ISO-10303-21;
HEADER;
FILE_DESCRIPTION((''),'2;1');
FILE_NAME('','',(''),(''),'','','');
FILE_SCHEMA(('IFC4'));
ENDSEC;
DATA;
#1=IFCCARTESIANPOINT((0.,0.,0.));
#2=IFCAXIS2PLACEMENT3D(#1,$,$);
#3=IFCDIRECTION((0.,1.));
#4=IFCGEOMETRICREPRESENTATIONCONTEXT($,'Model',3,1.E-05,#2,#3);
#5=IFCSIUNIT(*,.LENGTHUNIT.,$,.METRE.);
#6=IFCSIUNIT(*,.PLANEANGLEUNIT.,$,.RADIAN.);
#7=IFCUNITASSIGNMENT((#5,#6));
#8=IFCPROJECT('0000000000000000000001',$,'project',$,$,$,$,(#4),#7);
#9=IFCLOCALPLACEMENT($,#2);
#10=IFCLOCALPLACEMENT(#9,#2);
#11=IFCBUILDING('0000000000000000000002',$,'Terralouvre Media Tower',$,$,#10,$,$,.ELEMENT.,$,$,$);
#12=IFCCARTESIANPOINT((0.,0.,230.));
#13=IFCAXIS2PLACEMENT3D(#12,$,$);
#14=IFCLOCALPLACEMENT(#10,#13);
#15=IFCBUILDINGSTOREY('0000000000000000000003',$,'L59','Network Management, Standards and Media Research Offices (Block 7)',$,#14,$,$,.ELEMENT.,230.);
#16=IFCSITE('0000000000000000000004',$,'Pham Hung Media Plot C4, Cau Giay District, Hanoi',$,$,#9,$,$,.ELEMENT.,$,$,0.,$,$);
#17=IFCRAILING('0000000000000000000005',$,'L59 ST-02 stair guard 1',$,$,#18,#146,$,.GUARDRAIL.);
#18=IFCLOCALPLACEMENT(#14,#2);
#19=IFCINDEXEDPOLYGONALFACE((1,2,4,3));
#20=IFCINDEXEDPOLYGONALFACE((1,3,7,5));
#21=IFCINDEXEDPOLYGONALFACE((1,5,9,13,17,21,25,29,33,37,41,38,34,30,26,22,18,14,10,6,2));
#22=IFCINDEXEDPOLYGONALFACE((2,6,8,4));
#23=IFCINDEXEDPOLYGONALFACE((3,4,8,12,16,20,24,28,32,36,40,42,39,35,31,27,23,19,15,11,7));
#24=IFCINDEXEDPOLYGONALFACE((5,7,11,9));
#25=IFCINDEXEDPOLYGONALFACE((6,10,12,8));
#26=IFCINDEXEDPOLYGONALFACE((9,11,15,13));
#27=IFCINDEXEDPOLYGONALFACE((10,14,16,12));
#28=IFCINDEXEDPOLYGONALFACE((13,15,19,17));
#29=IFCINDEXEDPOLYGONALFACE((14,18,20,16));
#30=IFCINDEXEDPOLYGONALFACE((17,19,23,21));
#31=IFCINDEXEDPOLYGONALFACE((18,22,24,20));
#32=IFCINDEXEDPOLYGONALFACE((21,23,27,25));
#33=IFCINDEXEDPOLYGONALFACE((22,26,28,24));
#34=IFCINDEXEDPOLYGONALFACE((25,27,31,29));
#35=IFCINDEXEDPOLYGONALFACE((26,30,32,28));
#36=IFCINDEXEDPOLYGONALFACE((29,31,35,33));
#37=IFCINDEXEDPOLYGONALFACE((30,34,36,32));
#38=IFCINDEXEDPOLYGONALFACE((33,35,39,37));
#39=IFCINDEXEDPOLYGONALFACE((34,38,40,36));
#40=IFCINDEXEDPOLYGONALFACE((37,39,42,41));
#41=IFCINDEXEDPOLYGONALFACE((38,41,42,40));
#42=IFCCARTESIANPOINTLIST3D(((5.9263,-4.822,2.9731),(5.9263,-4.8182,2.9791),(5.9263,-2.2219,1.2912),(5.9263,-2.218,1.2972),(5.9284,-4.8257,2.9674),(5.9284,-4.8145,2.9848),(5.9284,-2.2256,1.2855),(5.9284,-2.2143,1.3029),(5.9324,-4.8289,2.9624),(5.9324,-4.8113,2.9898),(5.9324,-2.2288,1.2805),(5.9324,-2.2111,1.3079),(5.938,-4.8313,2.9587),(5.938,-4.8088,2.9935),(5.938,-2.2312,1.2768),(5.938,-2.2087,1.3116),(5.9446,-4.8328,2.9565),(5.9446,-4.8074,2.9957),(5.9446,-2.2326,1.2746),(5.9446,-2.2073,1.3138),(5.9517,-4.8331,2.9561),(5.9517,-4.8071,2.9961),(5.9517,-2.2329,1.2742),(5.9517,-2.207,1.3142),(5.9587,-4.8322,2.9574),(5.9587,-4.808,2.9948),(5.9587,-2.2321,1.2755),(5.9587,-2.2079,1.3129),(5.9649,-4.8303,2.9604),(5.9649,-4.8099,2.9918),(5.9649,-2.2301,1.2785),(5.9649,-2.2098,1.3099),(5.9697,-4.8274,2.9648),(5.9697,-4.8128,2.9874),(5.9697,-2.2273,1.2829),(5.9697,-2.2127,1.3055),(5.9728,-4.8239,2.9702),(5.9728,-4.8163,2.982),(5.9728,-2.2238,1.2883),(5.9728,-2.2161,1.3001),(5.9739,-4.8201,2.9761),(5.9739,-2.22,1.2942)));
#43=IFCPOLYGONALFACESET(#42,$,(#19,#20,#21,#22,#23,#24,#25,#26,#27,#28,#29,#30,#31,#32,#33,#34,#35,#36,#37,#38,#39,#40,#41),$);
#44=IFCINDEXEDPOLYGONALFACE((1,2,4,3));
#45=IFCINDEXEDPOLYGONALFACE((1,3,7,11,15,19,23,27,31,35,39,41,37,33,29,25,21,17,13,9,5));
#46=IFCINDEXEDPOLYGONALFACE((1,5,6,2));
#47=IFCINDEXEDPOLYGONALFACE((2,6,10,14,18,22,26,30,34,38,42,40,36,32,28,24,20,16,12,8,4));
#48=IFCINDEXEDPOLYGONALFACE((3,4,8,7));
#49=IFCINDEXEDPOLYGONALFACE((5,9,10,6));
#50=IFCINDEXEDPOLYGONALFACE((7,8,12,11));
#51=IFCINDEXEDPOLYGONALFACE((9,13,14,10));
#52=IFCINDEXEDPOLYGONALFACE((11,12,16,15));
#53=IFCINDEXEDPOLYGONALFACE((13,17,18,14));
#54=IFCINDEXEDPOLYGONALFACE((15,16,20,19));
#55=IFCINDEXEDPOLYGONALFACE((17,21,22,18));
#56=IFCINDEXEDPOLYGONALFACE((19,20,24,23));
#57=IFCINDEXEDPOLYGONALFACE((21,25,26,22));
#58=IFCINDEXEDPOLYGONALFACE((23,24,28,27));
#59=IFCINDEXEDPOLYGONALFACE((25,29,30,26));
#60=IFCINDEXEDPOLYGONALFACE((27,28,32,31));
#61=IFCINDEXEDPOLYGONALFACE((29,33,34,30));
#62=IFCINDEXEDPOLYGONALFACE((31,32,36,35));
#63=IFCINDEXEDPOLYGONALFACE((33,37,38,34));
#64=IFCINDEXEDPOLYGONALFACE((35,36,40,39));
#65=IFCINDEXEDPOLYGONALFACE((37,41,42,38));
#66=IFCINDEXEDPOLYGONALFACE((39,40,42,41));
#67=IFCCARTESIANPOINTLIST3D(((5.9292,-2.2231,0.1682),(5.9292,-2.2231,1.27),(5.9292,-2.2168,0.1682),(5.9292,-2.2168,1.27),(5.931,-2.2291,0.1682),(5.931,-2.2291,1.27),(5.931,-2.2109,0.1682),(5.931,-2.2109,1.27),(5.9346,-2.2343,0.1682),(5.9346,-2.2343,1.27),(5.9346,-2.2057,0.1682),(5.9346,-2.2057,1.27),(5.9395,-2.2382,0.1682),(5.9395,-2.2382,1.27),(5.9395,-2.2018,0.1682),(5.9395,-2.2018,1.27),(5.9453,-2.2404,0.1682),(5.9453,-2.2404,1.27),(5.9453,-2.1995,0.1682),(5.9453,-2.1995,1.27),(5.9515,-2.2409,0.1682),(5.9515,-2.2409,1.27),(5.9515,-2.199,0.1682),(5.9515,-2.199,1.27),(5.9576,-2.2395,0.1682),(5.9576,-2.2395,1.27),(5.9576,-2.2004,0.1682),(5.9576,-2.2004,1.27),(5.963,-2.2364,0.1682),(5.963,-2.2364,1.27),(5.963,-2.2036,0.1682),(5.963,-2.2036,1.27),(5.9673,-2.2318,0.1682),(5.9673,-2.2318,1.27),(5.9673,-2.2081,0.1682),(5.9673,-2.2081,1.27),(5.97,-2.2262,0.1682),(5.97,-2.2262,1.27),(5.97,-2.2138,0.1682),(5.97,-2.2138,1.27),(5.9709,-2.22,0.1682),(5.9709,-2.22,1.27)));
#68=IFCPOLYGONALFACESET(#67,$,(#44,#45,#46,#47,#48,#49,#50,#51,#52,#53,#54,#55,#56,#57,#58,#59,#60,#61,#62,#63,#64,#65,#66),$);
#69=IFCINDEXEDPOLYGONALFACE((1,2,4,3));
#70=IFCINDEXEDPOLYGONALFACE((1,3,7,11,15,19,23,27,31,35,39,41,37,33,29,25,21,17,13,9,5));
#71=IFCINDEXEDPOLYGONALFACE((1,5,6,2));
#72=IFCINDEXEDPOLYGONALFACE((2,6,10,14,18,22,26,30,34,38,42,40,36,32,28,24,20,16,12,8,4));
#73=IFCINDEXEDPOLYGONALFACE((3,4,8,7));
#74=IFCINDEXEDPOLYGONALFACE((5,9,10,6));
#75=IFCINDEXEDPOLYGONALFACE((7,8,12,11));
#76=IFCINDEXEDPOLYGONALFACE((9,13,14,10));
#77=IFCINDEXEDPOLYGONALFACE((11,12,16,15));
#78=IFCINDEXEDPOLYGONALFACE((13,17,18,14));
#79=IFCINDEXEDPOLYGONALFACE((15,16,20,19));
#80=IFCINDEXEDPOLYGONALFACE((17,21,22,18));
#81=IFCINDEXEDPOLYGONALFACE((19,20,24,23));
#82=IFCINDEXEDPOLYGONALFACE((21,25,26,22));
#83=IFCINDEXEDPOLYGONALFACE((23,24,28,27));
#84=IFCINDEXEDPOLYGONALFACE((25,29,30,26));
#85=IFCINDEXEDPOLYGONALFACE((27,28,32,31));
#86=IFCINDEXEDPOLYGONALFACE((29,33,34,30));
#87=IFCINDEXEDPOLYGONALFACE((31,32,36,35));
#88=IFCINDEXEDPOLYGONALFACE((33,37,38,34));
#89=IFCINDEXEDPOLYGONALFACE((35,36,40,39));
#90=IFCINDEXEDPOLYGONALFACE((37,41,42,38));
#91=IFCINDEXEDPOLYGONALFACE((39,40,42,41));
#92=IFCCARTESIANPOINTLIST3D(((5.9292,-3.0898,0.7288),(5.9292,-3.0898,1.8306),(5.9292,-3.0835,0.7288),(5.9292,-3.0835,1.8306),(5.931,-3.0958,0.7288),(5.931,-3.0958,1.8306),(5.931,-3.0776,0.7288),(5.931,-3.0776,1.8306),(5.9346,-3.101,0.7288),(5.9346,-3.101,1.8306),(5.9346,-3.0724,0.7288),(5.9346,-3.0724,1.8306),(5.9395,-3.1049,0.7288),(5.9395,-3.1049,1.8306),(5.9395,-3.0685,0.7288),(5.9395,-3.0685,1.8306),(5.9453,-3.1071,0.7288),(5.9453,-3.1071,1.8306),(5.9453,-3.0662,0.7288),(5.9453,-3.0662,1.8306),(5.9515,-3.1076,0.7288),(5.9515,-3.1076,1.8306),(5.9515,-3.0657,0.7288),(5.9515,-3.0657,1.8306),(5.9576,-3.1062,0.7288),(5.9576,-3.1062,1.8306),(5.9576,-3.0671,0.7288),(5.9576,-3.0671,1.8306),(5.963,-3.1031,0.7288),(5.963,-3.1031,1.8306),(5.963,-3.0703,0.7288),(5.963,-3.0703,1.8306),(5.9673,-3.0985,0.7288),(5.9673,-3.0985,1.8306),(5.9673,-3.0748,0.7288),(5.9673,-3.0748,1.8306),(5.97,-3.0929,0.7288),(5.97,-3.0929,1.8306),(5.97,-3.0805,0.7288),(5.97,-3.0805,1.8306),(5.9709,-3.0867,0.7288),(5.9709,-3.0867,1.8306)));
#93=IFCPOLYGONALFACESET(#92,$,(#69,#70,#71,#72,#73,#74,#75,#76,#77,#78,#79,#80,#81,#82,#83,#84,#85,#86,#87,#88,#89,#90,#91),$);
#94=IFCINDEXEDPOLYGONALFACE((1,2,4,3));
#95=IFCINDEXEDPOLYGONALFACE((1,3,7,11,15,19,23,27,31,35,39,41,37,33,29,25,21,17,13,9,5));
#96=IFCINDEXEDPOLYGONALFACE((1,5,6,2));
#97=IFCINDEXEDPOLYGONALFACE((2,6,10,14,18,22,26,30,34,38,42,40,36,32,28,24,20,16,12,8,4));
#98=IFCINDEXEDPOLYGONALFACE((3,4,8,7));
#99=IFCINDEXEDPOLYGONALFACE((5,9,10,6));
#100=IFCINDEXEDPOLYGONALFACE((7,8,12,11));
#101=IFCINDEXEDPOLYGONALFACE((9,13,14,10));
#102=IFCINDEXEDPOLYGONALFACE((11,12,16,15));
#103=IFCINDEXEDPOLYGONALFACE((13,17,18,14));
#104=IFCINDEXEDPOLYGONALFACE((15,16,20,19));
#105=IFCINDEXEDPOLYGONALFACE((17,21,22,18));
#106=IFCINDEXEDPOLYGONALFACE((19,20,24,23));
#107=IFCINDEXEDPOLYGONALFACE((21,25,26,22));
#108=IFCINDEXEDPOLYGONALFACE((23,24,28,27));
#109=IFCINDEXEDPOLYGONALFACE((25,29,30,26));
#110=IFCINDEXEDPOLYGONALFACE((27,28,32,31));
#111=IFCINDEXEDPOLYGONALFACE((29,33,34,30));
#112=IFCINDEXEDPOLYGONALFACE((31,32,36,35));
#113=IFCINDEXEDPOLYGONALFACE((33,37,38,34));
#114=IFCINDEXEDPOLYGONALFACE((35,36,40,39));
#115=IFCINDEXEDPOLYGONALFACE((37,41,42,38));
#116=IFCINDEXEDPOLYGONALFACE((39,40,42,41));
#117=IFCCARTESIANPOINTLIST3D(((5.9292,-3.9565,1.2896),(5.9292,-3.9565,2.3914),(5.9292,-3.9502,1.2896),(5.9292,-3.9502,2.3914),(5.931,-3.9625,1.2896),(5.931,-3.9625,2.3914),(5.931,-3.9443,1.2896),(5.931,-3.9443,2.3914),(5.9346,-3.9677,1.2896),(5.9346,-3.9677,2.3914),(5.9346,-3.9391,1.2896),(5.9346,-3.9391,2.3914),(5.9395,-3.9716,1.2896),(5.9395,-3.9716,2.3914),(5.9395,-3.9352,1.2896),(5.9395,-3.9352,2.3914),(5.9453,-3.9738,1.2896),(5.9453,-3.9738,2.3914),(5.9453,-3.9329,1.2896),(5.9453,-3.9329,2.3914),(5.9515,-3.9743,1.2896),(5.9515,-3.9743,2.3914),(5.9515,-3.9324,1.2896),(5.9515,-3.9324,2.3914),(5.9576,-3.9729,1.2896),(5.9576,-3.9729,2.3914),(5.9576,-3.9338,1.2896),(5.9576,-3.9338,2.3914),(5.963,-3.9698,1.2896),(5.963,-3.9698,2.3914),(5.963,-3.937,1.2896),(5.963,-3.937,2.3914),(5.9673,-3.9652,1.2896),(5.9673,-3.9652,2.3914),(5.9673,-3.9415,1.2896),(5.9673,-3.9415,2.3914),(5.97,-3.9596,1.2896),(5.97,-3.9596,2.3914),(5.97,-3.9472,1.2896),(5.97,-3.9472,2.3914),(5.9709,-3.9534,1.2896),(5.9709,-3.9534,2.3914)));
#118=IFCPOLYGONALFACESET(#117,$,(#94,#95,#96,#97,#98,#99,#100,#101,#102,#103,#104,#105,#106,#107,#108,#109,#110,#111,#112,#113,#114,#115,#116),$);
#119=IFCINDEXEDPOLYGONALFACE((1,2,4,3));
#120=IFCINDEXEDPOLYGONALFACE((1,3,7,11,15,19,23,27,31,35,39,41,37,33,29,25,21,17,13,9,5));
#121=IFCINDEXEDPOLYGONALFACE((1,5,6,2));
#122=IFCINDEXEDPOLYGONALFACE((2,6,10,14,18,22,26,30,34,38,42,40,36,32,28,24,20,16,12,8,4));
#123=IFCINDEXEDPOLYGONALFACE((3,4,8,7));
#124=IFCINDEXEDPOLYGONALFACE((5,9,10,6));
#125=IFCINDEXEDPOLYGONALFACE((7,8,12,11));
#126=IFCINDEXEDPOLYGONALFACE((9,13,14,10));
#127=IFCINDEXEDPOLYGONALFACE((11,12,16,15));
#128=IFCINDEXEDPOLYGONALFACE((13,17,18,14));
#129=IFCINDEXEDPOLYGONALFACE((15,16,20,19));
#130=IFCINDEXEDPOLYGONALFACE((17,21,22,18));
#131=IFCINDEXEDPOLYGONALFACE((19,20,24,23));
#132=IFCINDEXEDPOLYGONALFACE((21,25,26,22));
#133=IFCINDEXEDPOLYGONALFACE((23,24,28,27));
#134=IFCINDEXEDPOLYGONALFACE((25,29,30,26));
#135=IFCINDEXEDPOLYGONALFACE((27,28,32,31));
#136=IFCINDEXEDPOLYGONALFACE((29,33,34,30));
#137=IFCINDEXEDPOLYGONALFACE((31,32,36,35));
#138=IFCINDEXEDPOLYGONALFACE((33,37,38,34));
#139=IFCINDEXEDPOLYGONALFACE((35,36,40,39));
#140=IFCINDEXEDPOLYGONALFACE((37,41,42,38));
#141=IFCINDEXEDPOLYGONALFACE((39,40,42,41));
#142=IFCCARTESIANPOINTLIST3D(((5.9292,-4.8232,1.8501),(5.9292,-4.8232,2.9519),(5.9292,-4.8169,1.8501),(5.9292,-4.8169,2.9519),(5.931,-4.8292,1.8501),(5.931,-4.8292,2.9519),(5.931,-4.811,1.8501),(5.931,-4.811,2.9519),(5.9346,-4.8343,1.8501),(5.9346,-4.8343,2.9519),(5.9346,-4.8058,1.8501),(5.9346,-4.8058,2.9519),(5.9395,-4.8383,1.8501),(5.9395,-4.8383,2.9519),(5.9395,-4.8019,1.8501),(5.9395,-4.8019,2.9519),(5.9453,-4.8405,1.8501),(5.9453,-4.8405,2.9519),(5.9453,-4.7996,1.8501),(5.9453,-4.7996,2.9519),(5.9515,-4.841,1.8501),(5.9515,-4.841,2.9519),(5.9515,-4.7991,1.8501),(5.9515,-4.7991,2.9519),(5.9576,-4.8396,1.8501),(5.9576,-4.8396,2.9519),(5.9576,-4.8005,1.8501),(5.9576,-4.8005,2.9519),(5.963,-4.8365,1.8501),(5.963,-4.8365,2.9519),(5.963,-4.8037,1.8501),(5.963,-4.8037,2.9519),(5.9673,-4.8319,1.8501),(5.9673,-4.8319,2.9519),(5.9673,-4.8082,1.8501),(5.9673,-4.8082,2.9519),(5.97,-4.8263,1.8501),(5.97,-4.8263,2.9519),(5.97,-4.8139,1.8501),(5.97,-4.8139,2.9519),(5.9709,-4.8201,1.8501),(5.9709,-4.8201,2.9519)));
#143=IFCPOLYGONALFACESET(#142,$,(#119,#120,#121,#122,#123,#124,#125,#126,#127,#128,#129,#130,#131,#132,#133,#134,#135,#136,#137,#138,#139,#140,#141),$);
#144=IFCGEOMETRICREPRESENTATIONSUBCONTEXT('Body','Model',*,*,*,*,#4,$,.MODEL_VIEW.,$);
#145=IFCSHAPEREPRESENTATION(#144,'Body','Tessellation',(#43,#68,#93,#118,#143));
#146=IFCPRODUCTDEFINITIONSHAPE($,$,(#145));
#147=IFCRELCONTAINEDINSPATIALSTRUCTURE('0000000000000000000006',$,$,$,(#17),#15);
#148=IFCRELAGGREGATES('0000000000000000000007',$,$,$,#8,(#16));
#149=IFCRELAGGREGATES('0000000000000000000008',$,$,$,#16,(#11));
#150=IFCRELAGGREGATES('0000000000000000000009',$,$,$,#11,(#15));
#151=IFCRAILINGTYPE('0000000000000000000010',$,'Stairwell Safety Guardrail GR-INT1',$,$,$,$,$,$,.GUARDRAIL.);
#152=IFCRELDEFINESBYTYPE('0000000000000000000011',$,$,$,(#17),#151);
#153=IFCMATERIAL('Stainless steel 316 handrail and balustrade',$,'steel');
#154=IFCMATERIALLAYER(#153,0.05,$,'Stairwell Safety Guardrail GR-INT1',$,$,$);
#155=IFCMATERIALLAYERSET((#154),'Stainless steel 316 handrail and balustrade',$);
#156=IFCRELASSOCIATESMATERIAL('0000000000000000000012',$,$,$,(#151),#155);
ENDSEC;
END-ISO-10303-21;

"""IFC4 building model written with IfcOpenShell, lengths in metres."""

from ifc_helpers import new_model, si_unit, direction, frame, origin, origin_2d, place, context, subcontext, project, spatial, circle, extrude, material, layer, layer_set, type_object, element, save


model = new_model("IFC4")

# Units and contexts
model_context = context("Model", 3, precision=1e-05, world=origin(), true_north=direction((0.0, 1.0)))
body_context = subcontext(model_context, "Body", "Model", "MODEL_VIEW")
ifc_project = project(units=[si_unit("LENGTHUNIT", "METRE"), si_unit("PLANEANGLEUNIT", "RADIAN")], contexts=[model_context])

# Site, building, storey
site_placement = place(None, origin())
site = spatial("IfcSite", under=ifc_project, at=site_placement, Name="Pham Hung Media Plot C4, Cau Giay District, Hanoi", CompositionType="ELEMENT", RefElevation=0.0)
building_placement = place(site_placement, origin())
building = spatial("IfcBuilding", under=site, at=building_placement, Name="Terralouvre Media Tower", CompositionType="ELEMENT")
storey_placement = place(building_placement, frame((0.0, 0.0, 230.0)))
storey = spatial("IfcBuildingStorey", under=building, at=storey_placement, Name="L59", Description="Network Management, Standards and Media Research Offices (Block 7)", CompositionType="ELEMENT", Elevation=230.0)

# Railing
ifc_material_1 = material(Name="Stainless steel 316 handrail and balustrade", Category="steel")
ifc_layer_1 = layer(ifc_material_1, 0.05, Name="Stairwell Safety Guardrail GR-INT1")
ifc_layer_set_1 = layer_set([ifc_layer_1], Name="Stainless steel 316 handrail and balustrade")
railing_type_1 = type_object("IfcRailingType", Name="Stairwell Safety Guardrail GR-INT1", PredefinedType="GUARDRAIL", material=ifc_layer_set_1)
railing_1_placement = place(storey_placement, frame((5.95, -2.22, 0.1682)))
element("IfcRailing", 1, at=railing_1_placement, inside=storey, type_object=railing_type_1, Name="L59 ST-02 stair guard 1", PredefinedType="GUARDRAIL", context=body_context, shape_type="SweptSolid", body=[
    extrude(circle(Radius=0.0239, at=origin_2d()), frame((0.0, 0.0, 1.126), z_axis=(0.0, -0.839648, 0.54313), x_axis=(1.0, 0.0, 0.0)), (0.0, 0.0, 1.0), 3.0967),
    extrude(circle(Radius=0.021, at=origin_2d()), origin(), (0.0, 0.0, 1.0), 1.1018),
    extrude(circle(Radius=0.021, at=origin_2d()), frame((0.0, -0.8667, 0.5605)), (0.0, 0.0, 1.0), 1.1018),
    extrude(circle(Radius=0.021, at=origin_2d()), frame((0.0, -1.7334, 1.1213)), (0.0, 0.0, 1.0), 1.1018),
    extrude(circle(Radius=0.021, at=origin_2d()), frame((0.0, -2.6001, 1.6819)), (0.0, 0.0, 1.0), 1.1018),
])

save(model, "model.ifc")
